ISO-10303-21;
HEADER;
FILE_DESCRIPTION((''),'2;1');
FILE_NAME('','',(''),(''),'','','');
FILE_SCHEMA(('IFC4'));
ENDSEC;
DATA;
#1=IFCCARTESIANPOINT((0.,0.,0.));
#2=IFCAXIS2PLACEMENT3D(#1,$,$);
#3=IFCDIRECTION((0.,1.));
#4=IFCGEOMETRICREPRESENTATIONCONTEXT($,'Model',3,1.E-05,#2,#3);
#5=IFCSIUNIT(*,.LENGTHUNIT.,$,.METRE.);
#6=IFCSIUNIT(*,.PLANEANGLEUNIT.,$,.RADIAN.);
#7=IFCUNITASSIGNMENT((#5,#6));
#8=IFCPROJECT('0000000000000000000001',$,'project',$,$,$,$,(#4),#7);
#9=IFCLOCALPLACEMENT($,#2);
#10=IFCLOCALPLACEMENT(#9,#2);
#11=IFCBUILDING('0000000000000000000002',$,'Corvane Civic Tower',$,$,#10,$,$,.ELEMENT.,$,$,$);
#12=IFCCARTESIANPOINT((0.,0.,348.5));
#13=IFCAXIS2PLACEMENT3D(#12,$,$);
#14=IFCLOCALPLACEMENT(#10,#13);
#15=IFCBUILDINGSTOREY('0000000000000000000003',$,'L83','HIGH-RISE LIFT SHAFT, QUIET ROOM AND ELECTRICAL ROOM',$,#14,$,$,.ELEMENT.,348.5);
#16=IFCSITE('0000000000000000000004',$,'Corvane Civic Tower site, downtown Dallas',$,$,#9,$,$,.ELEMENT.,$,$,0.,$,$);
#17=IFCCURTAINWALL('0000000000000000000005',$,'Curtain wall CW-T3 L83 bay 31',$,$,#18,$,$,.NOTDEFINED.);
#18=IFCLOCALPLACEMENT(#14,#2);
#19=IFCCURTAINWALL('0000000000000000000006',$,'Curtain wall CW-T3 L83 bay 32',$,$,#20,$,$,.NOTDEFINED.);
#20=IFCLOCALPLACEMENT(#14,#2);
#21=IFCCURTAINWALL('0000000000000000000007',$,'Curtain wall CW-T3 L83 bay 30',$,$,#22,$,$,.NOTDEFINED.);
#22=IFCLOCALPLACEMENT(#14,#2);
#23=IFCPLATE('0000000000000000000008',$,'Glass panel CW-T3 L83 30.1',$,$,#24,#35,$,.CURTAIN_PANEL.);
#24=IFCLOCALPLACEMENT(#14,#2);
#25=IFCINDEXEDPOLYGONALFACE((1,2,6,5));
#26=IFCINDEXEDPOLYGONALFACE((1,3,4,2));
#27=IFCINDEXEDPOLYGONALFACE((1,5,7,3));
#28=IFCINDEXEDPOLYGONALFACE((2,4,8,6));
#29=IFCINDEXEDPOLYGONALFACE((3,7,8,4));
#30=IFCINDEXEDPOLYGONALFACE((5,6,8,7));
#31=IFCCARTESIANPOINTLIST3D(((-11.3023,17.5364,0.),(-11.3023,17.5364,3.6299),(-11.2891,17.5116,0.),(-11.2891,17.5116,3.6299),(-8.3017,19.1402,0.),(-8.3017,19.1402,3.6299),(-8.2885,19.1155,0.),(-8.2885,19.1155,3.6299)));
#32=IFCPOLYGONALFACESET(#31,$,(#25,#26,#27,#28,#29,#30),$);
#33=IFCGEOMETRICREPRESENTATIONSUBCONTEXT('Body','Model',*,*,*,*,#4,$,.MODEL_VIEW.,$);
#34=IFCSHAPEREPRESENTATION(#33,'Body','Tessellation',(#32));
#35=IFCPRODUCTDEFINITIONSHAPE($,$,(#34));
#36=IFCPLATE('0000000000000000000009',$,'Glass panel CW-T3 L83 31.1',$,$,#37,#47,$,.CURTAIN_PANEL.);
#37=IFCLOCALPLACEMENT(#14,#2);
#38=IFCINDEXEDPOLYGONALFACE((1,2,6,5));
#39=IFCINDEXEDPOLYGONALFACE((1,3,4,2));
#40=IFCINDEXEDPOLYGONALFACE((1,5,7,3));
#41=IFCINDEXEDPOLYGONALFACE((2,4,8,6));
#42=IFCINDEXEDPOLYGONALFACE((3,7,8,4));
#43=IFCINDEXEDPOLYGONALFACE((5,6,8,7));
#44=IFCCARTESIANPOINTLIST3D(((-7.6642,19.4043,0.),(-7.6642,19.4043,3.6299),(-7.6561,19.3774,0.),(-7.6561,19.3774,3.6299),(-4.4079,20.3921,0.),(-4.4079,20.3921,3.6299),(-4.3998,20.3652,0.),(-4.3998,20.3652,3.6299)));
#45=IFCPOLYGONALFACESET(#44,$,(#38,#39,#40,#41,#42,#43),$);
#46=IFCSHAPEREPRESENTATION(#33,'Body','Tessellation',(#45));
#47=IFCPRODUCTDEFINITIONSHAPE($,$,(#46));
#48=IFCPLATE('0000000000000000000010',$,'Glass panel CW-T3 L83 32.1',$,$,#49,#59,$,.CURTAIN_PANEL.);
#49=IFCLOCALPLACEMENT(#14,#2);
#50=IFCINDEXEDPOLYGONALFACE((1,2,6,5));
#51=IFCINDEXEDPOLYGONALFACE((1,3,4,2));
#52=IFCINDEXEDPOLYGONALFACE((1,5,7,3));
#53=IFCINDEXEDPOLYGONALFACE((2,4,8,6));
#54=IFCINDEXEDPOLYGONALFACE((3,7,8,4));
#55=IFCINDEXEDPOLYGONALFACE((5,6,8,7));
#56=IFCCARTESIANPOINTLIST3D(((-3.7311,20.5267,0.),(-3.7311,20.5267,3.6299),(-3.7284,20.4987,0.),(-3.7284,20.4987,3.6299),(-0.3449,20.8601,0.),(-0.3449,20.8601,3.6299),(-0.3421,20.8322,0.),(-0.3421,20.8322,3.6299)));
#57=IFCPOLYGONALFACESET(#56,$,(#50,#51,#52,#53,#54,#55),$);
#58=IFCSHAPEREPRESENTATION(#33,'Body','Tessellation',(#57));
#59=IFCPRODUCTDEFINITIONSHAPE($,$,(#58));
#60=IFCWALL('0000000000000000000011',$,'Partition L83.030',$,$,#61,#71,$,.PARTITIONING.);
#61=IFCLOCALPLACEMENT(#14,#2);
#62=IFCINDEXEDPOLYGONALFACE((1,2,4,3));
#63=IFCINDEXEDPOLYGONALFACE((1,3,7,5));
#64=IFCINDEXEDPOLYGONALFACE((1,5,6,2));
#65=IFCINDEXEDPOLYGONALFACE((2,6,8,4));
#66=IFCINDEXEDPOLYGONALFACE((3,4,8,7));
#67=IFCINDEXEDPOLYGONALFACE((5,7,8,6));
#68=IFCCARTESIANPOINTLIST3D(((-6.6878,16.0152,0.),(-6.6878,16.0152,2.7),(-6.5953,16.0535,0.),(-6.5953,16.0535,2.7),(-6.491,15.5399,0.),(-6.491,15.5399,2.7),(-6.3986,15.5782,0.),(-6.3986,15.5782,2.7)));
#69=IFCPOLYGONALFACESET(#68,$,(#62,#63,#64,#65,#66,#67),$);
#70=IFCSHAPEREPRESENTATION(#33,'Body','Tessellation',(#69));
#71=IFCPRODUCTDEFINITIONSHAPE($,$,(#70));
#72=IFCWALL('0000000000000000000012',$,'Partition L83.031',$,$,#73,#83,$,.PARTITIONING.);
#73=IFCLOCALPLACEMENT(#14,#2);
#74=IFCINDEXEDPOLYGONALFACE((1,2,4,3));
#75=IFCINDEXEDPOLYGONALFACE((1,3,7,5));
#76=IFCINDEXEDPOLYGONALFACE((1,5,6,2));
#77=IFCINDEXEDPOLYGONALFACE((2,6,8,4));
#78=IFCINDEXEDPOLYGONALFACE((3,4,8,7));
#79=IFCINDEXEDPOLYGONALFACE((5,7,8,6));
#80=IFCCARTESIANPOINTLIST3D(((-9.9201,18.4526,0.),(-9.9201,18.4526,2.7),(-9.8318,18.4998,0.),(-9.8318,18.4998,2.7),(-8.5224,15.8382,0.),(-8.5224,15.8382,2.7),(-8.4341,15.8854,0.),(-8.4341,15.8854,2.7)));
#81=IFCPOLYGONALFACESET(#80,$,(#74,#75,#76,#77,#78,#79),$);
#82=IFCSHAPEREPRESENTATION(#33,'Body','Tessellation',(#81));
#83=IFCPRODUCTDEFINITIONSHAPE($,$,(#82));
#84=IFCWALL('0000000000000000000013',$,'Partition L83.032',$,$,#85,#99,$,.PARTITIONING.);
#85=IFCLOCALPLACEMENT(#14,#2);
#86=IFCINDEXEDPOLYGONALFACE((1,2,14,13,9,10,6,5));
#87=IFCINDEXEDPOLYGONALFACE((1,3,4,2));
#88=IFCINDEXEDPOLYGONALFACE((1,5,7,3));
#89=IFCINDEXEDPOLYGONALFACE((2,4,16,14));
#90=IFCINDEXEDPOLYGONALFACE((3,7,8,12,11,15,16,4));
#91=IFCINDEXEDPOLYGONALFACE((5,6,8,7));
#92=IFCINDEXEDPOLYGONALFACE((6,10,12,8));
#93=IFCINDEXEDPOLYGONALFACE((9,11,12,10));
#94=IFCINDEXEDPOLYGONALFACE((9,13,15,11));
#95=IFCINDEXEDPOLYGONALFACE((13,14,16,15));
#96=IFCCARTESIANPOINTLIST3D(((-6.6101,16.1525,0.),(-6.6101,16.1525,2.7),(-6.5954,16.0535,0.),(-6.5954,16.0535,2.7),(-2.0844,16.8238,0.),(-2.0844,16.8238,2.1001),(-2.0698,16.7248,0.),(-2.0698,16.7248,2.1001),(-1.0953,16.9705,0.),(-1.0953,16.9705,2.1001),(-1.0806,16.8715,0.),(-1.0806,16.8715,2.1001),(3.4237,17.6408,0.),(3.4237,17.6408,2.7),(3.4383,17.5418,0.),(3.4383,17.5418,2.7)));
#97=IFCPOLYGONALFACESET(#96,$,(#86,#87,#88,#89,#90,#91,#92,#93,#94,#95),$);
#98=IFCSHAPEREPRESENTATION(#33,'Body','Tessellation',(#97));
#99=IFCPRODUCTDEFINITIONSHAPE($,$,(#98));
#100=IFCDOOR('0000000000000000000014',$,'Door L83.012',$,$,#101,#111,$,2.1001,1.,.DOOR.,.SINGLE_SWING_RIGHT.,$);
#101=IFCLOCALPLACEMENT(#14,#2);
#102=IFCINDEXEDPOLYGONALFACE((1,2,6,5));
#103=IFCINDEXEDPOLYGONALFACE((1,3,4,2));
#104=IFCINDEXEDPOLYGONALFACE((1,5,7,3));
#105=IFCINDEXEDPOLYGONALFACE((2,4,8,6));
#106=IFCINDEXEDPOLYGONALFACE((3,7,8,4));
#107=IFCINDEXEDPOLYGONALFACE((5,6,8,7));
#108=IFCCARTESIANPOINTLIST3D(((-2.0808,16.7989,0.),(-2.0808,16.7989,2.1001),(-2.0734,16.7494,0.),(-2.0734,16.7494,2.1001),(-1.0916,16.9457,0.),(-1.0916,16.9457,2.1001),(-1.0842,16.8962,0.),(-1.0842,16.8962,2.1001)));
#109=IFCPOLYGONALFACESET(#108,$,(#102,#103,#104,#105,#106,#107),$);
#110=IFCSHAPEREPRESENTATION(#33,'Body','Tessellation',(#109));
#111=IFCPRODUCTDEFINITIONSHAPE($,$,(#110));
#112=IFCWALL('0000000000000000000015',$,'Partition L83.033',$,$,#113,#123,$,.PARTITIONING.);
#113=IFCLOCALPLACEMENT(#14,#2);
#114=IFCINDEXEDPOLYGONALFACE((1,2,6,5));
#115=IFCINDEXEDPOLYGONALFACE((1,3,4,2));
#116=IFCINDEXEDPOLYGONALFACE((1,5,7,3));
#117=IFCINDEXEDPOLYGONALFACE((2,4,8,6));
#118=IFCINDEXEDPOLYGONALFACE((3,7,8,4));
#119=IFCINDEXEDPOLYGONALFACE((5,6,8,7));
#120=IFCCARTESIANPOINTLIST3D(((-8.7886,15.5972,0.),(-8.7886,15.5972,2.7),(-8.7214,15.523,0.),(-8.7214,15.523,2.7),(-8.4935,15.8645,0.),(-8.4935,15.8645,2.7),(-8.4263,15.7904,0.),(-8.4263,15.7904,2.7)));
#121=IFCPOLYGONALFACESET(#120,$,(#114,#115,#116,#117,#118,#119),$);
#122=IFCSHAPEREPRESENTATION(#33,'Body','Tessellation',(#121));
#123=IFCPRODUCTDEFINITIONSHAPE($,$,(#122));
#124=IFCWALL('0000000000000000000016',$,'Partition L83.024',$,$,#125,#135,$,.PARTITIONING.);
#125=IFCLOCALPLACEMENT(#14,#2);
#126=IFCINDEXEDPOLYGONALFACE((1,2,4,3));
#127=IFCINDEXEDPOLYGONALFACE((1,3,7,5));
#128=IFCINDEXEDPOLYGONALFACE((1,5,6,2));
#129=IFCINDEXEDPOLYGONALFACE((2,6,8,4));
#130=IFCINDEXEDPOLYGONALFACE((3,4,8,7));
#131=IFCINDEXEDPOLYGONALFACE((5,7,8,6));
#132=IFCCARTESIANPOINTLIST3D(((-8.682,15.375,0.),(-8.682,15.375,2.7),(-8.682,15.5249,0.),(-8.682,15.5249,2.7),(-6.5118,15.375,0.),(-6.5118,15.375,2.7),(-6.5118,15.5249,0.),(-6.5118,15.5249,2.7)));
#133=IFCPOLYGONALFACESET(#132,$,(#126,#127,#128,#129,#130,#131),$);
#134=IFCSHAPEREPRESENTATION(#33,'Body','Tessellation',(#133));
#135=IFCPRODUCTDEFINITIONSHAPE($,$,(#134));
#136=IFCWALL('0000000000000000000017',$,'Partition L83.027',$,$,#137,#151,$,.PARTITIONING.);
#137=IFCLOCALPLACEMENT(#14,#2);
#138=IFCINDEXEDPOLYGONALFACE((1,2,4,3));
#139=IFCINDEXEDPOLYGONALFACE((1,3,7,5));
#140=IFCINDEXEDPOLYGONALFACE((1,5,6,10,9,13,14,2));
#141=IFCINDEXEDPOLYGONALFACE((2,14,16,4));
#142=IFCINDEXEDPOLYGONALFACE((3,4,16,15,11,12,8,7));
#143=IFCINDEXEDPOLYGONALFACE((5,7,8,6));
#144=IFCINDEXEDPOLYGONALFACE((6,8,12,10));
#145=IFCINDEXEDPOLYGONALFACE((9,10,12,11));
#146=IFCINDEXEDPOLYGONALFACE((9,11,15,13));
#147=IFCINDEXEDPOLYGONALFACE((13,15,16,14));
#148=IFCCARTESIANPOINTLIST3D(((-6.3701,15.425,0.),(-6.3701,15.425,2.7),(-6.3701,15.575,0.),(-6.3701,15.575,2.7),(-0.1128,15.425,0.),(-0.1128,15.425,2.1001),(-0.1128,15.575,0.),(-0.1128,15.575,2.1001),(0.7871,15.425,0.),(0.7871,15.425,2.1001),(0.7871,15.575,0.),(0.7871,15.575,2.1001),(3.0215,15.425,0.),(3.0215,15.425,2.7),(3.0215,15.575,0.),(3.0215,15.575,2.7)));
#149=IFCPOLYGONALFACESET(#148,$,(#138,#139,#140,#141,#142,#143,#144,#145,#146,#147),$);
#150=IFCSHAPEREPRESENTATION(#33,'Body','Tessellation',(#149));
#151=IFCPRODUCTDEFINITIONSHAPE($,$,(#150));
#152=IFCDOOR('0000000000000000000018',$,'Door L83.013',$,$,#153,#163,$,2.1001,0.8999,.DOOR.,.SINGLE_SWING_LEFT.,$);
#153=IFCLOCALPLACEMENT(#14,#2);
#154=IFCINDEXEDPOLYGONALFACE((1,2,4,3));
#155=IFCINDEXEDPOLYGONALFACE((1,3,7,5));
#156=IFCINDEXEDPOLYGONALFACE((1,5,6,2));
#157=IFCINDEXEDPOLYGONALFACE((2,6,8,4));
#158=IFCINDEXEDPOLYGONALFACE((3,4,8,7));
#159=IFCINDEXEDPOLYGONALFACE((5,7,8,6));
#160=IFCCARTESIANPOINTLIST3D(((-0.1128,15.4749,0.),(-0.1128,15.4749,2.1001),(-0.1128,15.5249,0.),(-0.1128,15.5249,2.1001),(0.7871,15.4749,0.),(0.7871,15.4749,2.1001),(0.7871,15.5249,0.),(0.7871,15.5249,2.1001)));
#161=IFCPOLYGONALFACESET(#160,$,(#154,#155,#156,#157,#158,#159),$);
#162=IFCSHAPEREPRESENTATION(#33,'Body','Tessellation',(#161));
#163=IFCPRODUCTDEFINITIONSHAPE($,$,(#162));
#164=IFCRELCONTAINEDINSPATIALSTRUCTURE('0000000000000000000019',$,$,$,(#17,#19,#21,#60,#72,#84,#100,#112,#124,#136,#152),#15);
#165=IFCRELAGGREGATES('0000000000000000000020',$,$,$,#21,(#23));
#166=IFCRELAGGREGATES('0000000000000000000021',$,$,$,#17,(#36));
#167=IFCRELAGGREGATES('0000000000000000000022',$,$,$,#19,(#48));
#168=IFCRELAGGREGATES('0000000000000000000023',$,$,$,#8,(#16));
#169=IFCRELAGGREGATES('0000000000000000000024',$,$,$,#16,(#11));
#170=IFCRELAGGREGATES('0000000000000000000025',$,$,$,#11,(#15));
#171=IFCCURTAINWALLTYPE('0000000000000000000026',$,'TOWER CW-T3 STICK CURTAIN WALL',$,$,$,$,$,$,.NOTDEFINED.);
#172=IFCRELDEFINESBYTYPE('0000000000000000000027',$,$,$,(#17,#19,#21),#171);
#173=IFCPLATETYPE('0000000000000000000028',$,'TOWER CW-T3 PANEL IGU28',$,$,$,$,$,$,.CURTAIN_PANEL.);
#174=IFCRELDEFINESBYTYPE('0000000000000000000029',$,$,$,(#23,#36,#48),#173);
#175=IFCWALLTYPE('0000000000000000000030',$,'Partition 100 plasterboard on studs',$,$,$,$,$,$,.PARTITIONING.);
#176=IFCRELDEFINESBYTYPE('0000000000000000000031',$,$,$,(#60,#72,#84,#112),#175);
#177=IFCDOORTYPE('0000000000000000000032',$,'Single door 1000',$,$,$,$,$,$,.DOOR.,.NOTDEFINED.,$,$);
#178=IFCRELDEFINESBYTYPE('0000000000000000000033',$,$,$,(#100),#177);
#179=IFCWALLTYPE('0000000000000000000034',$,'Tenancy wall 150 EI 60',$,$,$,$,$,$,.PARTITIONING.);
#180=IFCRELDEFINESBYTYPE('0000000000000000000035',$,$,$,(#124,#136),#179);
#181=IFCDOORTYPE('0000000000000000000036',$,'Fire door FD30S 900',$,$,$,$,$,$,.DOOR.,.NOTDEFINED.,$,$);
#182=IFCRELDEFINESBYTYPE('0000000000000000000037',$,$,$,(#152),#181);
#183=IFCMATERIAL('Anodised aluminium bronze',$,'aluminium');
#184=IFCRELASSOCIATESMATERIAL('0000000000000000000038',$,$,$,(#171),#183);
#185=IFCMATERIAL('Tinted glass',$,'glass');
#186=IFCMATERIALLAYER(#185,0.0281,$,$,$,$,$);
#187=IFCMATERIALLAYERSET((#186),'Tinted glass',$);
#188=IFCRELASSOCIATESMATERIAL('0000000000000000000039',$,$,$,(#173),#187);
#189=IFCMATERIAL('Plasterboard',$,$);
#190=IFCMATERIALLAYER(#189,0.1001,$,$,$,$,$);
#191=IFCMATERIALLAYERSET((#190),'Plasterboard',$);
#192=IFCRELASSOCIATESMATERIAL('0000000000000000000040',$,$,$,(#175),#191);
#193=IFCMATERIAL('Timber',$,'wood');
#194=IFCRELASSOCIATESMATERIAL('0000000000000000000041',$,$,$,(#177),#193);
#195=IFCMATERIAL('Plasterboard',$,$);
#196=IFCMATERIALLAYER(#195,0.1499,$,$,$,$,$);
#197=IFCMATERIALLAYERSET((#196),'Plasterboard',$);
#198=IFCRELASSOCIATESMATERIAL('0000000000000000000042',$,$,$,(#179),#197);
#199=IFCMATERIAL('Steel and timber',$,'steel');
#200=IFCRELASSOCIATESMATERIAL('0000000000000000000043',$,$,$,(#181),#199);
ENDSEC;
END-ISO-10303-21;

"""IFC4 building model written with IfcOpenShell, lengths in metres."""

from ifc_helpers import new_model, si_unit, direction, frame, frame_2d, origin, origin_2d, place, context, subcontext, project, spatial, rectangle, extrude, material, layer, layer_set, type_object, element, fill, aggregate, save


model = new_model("IFC4")

# Units and contexts
model_context = context("Model", 3, precision=1e-05, world=origin(), true_north=direction((0.0, 1.0)))
body_context = subcontext(model_context, "Body", "Model", "MODEL_VIEW")
ifc_project = project(units=[si_unit("LENGTHUNIT", "METRE"), si_unit("PLANEANGLEUNIT", "RADIAN")], contexts=[model_context])

# Site, building, storey
site_placement = place(None, origin())
site = spatial("IfcSite", under=ifc_project, at=site_placement, Name="Corvane Civic Tower site, downtown Dallas", CompositionType="ELEMENT", RefElevation=0.0)
building_placement = place(site_placement, origin())
building = spatial("IfcBuilding", under=site, at=building_placement, Name="Corvane Civic Tower", CompositionType="ELEMENT")
storey_placement = place(building_placement, frame((0.0, 0.0, 348.5)))
storey = spatial("IfcBuildingStorey", under=building, at=storey_placement, Name="L83", Description="HIGH-RISE LIFT SHAFT, QUIET ROOM AND ELECTRICAL ROOM", CompositionType="ELEMENT", Elevation=348.5)

# Curtain walls
ifc_material_1 = material(Name="Anodised aluminium bronze", Category="aluminium")
curtain_wall_type = type_object("IfcCurtainWallType", Name="TOWER CW-T3 STICK CURTAIN WALL", PredefinedType="NOTDEFINED", material=ifc_material_1)
curtain_wall_1_placement = place(storey_placement, origin())
curtain_wall_1 = element("IfcCurtainWall", 1, at=curtain_wall_1_placement, inside=storey, type_object=curtain_wall_type, Name="Curtain wall CW-T3 L83 bay 31", PredefinedType="NOTDEFINED")
curtain_wall_2_placement = place(storey_placement, origin())
curtain_wall_2 = element("IfcCurtainWall", 2, at=curtain_wall_2_placement, inside=storey, type_object=curtain_wall_type, Name="Curtain wall CW-T3 L83 bay 32", PredefinedType="NOTDEFINED")

# Curtain wall, plate
curtain_wall_3_placement = place(storey_placement, origin())
curtain_wall_3 = element("IfcCurtainWall", 3, at=curtain_wall_3_placement, inside=storey, type_object=curtain_wall_type, Name="Curtain wall CW-T3 L83 bay 30", PredefinedType="NOTDEFINED")
ifc_material_2 = material(Name="Tinted glass", Category="glass")
ifc_layer_1 = layer(ifc_material_2, 0.0281)
ifc_layer_set_1 = layer_set([ifc_layer_1], Name="Tinted glass")
plate_type = type_object("IfcPlateType", Name="TOWER CW-T3 PANEL IGU28", PredefinedType="CURTAIN_PANEL", material=ifc_layer_set_1)
plate_1_placement = place(storey_placement, frame((-9.7954, 18.3259, 0.0), z_axis=(0.0, 0.0, 1.0), x_axis=(0.881928, 0.471384, 0.0)))
plate_1 = element("IfcPlate", 4, at=plate_1_placement, type_object=plate_type, Name="Glass panel CW-T3 L83 30.1", PredefinedType="CURTAIN_PANEL", context=body_context, shape_type="SweptSolid", body=[
    extrude(rectangle(XDim=3.4023, YDim=0.0281, at=origin_2d()), origin(), (0.0, 0.0, 1.0), 3.6299),
])
aggregate(curtain_wall_3, [plate_1])

# Plates
plate_2_placement = place(storey_placement, frame((-6.032, 19.8848, 0.0), z_axis=(0.0, 0.0, 1.0), x_axis=(0.956939, 0.29029, 0.0)))
plate_2 = element("IfcPlate", 5, at=plate_2_placement, type_object=plate_type, Name="Glass panel CW-T3 L83 31.1", PredefinedType="CURTAIN_PANEL", context=body_context, shape_type="SweptSolid", body=[
    extrude(rectangle(XDim=3.4028, YDim=0.0281, at=origin_2d()), origin(), (0.0, 0.0, 1.0), 3.6299),
])
aggregate(curtain_wall_1, [plate_2])
plate_3_placement = place(storey_placement, frame((-2.0366, 20.6794, 0.0), z_axis=(0.0, 0.0, 1.0), x_axis=(0.995187, 0.097998, 0.0)))
plate_3 = element("IfcPlate", 6, at=plate_3_placement, type_object=plate_type, Name="Glass panel CW-T3 L83 32.1", PredefinedType="CURTAIN_PANEL", context=body_context, shape_type="SweptSolid", body=[
    extrude(rectangle(XDim=3.4026, YDim=0.0281, at=origin_2d()), origin(), (0.0, 0.0, 1.0), 3.6299),
])
aggregate(curtain_wall_2, [plate_3])

# Walls
ifc_material_3 = material(Name="Plasterboard")
ifc_layer_2 = layer(ifc_material_3, 0.1001)
ifc_layer_set_2 = layer_set([ifc_layer_2], Name="Plasterboard")
wall_type_1 = type_object("IfcWallType", Name="Partition 100 plasterboard on studs", PredefinedType="PARTITIONING", material=ifc_layer_set_2)
wall_1_placement = place(storey_placement, frame((-6.6416, 16.0344, 0.0), z_axis=(0.0, 0.0, 1.0), x_axis=(0.382492, -0.923959, 0.0)))
element("IfcWall", 7, at=wall_1_placement, inside=storey, type_object=wall_type_1, Name="Partition L83.030", PredefinedType="PARTITIONING", context=body_context, shape_type="SweptSolid", body=[
    extrude(rectangle(XDim=0.5144, YDim=0.1001, at=frame_2d((0.2573, 0.0))), origin(), (0.0, 0.0, 1.0), 2.7),
])
wall_2_placement = place(storey_placement, frame((-9.876, 18.4763, 0.0), z_axis=(0.0, 0.0, 1.0), x_axis=(0.471456, -0.88189, 0.0)))
element("IfcWall", 8, at=wall_2_placement, inside=storey, type_object=wall_type_1, Name="Partition L83.031", PredefinedType="PARTITIONING", context=body_context, shape_type="SweptSolid", body=[
    extrude(rectangle(XDim=2.9646, YDim=0.1001, at=frame_2d((1.4824, 0.0))), origin(), (0.0, 0.0, 1.0), 2.7),
])

# Wall, opening, door
wall_3_placement = place(storey_placement, frame((-6.6028, 16.103, 0.0), z_axis=(0.0, 0.0, 1.0), x_axis=(0.989178, 0.146723, 0.0)))
wall_3 = element("IfcWall", 9, at=wall_3_placement, inside=storey, type_object=wall_type_1, Name="Partition L83.032", PredefinedType="PARTITIONING", context=body_context, shape_type="SweptSolid", body=[
    extrude(rectangle(XDim=10.1436, YDim=0.1001, at=frame_2d((5.0718, 0.0))), origin(), (0.0, 0.0, 1.0), 2.7),
])
opening_1_placement = place(wall_3_placement, frame((4.5752, 0.0, 0.0)))
opening_1 = element("IfcOpeningElement", 10, at=opening_1_placement, cuts=wall_3, PredefinedType="OPENING", context=body_context, shape_type="SweptSolid", body=[
    extrude(rectangle(XDim=1.0, YDim=2.1001, at=frame_2d((0.5, 1.05))), frame((0.0, 0.0601, 0.0), z_axis=(0.0, -1.0, 0.0), x_axis=(1.0, 0.0, 0.0)), (0.0, 0.0, 1.0), 0.1201),
])
ifc_material_4 = material(Name="Timber", Category="wood")
door_type_1 = type_object("IfcDoorType", Name="Single door 1000", OperationType="NOTDEFINED", PredefinedType="DOOR", material=ifc_material_4)
door_1_placement = place(opening_1_placement, origin())
door_1 = element("IfcDoor", 11, at=door_1_placement, inside=storey, type_object=door_type_1, Name="Door L83.012", OperationType="SINGLE_SWING_RIGHT", OverallHeight=2.1001, OverallWidth=1.0, PredefinedType="DOOR", context=body_context, shape_type="SweptSolid", body=[
    extrude(rectangle(XDim=1.0, YDim=2.1001, at=frame_2d((0.5, 1.05))), frame((0.0, 0.0249, 0.0), z_axis=(0.0, -1.0, 0.0), x_axis=(1.0, 0.0, 0.0)), (0.0, 0.0, 1.0), 0.05),
])
fill(opening_1, door_1)

# Walls
wall_4_placement = place(storey_placement, frame((-8.7551, 15.5601, 0.0), z_axis=(0.0, 0.0, 1.0), x_axis=(0.741187, 0.671298, 0.0)))
element("IfcWall", 12, at=wall_4_placement, inside=storey, type_object=wall_type_1, Name="Partition L83.033", PredefinedType="PARTITIONING", context=body_context, shape_type="SweptSolid", body=[
    extrude(rectangle(XDim=0.3982, YDim=0.1001, at=frame_2d((0.1992, 0.0))), origin(), (0.0, 0.0, 1.0), 2.7),
])
ifc_material_5 = material(Name="Plasterboard")
ifc_layer_3 = layer(ifc_material_5, 0.1499)
ifc_layer_set_3 = layer_set([ifc_layer_3], Name="Plasterboard")
wall_type_2 = type_object("IfcWallType", Name="Tenancy wall 150 EI 60", PredefinedType="PARTITIONING", material=ifc_layer_set_3)
wall_5_placement = place(storey_placement, frame((-8.6819, 15.45, 0.0), z_axis=(0.0, 0.0, 1.0), x_axis=(1.0, 0.0, 0.0)))
element("IfcWall", 13, at=wall_5_placement, inside=storey, type_object=wall_type_2, Name="Partition L83.024", PredefinedType="PARTITIONING", context=body_context, shape_type="SweptSolid", body=[
    extrude(rectangle(XDim=2.1702, YDim=0.1499, at=frame_2d((1.085, 0.0))), origin(), (0.0, 0.0, 1.0), 2.7),
])

# Wall, opening, door
wall_6_placement = place(storey_placement, frame((-6.3701, 15.5, 0.0), z_axis=(0.0, 0.0, 1.0), x_axis=(1.0, 0.0, 0.0)))
wall_6 = element("IfcWall", 14, at=wall_6_placement, inside=storey, type_object=wall_type_2, Name="Partition L83.027", PredefinedType="PARTITIONING", context=body_context, shape_type="SweptSolid", body=[
    extrude(rectangle(XDim=9.3916, YDim=0.1499, at=frame_2d((4.6958, 0.0))), origin(), (0.0, 0.0, 1.0), 2.7),
])
opening_2_placement = place(wall_6_placement, frame((6.2573, 0.0, 0.0)))
opening_2 = element("IfcOpeningElement", 15, at=opening_2_placement, cuts=wall_6, PredefinedType="OPENING", context=body_context, shape_type="SweptSolid", body=[
    extrude(rectangle(XDim=0.8999, YDim=2.1001, at=frame_2d((0.45, 1.05))), frame((0.0, 0.085, 0.0), z_axis=(0.0, -1.0, 0.0), x_axis=(1.0, 0.0, 0.0)), (0.0, 0.0, 1.0), 0.1699),
])
ifc_material_6 = material(Name="Steel and timber", Category="steel")
door_type_2 = type_object("IfcDoorType", Name="Fire door FD30S 900", OperationType="NOTDEFINED", PredefinedType="DOOR", material=ifc_material_6)
door_2_placement = place(opening_2_placement, origin())
door_2 = element("IfcDoor", 16, at=door_2_placement, inside=storey, type_object=door_type_2, Name="Door L83.013", OperationType="SINGLE_SWING_LEFT", OverallHeight=2.1001, OverallWidth=0.8999, PredefinedType="DOOR", context=body_context, shape_type="SweptSolid", body=[
    extrude(rectangle(XDim=0.8999, YDim=2.1001, at=frame_2d((0.45, 1.05))), frame((0.0, 0.0249, 0.0), z_axis=(0.0, -1.0, 0.0), x_axis=(1.0, 0.0, 0.0)), (0.0, 0.0, 1.0), 0.05),
])
fill(opening_2, door_2)

save(model, "model.ifc")
